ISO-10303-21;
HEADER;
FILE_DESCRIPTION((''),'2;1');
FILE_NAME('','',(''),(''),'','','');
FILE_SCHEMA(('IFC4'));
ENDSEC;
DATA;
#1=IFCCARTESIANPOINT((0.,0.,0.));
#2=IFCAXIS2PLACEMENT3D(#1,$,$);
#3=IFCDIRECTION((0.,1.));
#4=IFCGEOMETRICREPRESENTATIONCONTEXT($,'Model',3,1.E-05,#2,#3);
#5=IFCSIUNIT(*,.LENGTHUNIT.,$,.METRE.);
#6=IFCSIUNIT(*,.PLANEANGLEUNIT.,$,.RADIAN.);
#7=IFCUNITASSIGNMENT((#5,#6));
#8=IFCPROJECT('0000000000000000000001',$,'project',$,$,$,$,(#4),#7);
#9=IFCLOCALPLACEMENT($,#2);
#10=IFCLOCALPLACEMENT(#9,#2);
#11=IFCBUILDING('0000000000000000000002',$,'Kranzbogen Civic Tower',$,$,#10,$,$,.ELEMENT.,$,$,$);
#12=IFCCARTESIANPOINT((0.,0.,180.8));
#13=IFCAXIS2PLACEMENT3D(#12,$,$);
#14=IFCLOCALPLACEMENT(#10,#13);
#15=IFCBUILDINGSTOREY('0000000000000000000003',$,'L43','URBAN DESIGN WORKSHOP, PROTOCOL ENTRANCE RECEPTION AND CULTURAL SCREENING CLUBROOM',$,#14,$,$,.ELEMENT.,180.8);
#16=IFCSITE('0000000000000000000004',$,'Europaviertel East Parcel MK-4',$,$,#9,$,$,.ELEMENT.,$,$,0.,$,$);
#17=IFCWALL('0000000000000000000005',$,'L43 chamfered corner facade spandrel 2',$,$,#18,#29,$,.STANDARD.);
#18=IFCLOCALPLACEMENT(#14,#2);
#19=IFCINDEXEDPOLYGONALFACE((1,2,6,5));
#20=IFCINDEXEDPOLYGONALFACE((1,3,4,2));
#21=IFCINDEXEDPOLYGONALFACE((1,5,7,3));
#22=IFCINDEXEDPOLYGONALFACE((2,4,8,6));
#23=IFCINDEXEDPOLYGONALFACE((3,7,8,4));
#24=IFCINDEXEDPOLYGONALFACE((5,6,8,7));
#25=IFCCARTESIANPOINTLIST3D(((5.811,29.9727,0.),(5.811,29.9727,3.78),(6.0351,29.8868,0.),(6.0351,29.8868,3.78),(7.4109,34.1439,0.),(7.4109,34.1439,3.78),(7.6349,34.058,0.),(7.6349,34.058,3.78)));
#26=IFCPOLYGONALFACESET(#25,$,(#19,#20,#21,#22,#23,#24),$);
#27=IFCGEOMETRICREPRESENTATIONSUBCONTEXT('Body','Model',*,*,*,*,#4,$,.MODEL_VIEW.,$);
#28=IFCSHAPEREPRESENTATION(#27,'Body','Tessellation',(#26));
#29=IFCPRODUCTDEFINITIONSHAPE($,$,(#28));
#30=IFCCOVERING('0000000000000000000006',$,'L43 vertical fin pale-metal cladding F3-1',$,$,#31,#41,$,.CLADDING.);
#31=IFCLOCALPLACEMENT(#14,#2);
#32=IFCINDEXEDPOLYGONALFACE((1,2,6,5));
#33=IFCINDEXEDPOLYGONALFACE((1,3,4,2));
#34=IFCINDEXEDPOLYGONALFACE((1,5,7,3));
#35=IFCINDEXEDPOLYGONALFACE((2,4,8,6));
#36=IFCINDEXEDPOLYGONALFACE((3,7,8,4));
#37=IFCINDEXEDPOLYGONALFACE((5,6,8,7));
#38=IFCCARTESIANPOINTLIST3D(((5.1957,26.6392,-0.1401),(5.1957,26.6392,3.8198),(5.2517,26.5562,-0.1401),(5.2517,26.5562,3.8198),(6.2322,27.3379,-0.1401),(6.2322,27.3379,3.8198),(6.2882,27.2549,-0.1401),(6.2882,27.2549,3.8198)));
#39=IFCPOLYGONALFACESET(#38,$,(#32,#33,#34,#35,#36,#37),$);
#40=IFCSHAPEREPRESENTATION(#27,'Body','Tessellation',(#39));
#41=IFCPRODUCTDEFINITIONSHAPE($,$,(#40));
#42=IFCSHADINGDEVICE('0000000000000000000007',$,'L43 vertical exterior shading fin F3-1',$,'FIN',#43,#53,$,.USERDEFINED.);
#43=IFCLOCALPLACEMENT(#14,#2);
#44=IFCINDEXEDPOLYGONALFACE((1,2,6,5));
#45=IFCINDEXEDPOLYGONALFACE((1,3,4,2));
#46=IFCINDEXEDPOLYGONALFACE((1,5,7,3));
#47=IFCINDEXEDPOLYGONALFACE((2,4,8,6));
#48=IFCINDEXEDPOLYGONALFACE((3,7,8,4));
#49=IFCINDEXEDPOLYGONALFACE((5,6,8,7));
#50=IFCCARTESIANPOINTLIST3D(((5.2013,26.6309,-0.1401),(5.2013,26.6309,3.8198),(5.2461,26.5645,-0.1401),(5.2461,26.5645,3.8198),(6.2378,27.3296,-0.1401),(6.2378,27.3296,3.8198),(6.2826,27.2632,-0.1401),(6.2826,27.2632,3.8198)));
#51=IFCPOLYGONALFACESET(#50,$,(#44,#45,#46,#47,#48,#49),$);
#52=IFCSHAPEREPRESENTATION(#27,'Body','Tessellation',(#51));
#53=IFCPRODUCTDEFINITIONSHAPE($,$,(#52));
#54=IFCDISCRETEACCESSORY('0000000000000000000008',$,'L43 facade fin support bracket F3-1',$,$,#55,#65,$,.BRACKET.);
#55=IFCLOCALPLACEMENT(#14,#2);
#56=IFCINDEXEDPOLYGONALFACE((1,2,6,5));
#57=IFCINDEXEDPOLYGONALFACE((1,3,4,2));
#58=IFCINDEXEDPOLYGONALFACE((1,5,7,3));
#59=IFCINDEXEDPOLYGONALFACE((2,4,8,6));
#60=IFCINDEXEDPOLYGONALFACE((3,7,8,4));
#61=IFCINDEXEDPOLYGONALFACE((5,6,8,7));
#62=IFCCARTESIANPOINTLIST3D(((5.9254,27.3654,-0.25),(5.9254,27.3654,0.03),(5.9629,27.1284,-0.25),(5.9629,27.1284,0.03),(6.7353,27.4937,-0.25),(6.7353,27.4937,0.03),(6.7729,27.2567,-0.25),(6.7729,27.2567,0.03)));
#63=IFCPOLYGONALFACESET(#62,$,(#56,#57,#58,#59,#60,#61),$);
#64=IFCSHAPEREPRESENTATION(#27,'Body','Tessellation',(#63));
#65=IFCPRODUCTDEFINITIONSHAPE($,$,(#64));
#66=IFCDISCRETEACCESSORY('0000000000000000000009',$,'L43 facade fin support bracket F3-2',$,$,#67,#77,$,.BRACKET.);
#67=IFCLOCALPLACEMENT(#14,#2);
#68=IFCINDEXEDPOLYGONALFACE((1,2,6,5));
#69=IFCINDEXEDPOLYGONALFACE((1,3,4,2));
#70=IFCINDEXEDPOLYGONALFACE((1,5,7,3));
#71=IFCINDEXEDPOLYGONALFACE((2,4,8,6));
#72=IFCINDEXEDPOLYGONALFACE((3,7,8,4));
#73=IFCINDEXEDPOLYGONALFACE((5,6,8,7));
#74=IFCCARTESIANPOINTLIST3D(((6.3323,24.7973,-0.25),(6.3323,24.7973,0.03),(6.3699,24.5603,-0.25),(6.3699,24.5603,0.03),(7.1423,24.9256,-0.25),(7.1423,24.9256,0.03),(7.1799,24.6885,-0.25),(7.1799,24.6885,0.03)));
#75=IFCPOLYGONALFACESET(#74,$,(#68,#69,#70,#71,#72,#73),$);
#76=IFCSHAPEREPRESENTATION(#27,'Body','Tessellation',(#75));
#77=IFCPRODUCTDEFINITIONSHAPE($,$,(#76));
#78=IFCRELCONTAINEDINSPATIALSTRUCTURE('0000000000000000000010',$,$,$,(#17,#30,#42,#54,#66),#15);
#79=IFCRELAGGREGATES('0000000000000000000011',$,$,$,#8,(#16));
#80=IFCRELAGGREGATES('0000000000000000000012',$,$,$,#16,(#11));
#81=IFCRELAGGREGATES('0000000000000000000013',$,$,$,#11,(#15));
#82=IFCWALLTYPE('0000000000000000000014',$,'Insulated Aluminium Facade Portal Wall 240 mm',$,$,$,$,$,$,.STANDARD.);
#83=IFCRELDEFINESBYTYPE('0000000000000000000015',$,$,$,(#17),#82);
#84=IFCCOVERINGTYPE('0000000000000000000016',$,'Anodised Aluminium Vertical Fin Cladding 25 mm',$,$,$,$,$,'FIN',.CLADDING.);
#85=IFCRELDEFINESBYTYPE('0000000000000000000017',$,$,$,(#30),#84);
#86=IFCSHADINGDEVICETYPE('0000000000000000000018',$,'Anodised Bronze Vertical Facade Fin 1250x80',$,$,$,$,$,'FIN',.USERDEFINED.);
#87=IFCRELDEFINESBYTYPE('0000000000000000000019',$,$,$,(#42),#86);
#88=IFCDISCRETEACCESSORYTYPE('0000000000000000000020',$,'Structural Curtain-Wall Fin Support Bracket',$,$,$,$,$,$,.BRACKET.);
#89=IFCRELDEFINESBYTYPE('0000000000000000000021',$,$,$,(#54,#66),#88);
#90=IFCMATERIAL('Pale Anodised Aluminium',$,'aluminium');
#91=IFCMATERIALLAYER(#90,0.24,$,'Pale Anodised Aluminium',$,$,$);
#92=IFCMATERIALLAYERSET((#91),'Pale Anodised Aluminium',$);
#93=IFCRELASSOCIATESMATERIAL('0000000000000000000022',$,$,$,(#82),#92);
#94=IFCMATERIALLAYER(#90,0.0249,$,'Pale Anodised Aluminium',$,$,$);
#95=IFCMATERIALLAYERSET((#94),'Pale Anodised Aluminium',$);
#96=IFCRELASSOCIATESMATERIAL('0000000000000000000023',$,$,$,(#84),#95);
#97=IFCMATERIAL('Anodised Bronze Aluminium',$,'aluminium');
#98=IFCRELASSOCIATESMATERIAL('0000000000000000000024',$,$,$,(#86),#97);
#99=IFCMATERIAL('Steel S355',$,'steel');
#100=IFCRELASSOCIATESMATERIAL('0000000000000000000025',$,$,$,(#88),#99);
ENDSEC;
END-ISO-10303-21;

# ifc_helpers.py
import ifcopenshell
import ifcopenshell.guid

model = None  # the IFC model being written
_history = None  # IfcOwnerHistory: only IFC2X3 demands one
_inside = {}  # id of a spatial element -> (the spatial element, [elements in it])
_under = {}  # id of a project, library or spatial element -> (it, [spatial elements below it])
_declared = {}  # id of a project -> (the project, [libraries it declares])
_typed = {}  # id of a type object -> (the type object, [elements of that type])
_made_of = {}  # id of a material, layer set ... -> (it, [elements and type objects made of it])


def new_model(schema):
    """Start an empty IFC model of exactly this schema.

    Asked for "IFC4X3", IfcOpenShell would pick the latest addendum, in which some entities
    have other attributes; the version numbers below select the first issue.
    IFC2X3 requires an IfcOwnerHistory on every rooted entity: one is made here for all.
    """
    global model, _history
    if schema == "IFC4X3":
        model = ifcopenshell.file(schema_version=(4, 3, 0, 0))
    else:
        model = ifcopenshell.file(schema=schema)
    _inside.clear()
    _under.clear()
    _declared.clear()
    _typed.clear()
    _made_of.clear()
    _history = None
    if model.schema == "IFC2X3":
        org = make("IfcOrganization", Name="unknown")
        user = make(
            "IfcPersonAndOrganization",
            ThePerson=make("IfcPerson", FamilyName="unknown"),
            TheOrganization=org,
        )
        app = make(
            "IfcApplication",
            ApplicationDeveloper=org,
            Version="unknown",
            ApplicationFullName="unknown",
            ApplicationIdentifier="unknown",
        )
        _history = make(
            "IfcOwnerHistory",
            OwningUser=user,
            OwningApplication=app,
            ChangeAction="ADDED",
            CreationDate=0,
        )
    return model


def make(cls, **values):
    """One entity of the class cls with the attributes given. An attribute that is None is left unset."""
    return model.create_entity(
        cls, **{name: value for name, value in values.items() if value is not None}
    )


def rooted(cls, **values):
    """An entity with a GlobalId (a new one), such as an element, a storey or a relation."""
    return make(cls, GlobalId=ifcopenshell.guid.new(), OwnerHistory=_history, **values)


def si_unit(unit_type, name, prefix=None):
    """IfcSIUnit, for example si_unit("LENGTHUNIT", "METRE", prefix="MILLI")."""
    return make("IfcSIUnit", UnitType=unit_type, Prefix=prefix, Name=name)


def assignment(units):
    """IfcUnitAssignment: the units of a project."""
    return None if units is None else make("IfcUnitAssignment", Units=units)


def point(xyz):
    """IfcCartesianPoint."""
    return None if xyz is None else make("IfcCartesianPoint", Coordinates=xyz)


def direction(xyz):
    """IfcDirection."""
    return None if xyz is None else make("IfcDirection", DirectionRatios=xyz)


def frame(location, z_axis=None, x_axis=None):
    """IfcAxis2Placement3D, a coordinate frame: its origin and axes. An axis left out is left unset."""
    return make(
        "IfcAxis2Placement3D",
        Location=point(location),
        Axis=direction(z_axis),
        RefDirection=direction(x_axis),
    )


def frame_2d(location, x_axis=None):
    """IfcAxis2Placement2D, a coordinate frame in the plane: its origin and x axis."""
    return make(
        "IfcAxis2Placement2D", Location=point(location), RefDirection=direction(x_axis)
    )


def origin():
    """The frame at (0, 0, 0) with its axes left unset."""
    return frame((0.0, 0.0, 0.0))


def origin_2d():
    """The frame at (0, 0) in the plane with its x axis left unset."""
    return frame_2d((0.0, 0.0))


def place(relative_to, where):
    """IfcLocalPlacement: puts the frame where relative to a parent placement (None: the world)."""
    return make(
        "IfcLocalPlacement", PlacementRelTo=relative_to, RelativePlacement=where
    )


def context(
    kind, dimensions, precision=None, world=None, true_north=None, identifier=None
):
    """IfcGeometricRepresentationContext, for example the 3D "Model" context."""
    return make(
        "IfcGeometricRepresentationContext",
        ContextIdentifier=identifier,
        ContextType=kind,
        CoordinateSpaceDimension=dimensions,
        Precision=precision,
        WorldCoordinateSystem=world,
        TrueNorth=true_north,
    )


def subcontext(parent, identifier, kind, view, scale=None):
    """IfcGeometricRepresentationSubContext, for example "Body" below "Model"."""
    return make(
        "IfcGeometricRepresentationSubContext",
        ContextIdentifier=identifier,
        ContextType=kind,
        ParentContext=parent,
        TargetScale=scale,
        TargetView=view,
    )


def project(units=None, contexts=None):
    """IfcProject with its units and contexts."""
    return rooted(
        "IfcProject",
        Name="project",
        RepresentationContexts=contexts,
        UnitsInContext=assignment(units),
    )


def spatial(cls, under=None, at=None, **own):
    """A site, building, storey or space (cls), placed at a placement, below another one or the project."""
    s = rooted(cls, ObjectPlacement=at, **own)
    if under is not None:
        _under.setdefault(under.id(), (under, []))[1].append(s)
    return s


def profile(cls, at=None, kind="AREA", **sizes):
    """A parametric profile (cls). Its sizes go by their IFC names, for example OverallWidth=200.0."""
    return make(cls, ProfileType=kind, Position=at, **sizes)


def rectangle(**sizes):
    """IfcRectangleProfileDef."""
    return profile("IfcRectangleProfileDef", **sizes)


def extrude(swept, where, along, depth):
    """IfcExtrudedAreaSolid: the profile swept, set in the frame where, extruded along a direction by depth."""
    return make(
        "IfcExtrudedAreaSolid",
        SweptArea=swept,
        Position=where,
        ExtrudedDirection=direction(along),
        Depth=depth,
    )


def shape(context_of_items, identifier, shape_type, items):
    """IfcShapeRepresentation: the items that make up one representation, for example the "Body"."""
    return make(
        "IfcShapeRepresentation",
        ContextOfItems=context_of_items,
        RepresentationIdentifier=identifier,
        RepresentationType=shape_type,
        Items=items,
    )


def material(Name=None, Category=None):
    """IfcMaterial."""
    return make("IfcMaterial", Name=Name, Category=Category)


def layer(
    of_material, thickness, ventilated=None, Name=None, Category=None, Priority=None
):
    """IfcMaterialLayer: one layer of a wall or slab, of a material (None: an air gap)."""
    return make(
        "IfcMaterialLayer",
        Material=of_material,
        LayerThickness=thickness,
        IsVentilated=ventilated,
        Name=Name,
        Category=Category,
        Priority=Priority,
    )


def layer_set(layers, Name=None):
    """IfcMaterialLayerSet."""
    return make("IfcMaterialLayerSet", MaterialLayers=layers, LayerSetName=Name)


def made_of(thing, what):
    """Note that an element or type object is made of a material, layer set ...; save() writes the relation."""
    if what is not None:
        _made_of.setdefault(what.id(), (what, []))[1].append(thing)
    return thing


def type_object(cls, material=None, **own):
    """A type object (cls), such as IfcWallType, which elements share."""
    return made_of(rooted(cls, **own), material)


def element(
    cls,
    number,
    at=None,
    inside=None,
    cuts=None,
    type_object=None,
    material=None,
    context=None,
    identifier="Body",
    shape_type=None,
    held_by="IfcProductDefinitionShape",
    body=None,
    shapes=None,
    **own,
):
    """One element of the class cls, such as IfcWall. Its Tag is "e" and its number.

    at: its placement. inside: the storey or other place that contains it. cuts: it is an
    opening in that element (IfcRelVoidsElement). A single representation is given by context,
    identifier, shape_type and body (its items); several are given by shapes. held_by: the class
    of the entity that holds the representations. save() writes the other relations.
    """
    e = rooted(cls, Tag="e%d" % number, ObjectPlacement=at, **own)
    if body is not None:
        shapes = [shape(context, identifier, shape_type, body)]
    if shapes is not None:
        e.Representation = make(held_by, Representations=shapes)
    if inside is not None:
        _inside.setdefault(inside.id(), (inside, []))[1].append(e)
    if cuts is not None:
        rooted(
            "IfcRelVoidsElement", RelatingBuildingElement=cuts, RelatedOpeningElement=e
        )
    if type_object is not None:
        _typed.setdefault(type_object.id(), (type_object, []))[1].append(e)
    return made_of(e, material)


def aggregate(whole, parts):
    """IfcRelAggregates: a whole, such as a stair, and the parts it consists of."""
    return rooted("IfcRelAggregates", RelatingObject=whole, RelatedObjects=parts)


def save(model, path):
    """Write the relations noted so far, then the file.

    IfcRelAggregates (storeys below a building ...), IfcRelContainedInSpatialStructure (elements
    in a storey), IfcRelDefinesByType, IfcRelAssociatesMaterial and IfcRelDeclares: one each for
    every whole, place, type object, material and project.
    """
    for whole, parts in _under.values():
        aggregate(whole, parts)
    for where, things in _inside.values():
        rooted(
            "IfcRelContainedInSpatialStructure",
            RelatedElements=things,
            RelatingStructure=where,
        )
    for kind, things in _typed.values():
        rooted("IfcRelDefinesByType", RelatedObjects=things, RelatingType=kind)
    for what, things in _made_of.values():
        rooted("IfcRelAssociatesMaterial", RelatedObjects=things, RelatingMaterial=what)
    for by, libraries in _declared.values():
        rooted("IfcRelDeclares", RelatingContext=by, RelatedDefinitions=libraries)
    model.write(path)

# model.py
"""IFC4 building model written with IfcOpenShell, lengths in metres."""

from ifc_helpers import new_model, si_unit, direction, frame, frame_2d, origin, origin_2d, place, context, subcontext, project, spatial, rectangle, extrude, material, layer, layer_set, type_object, element, save


model = new_model("IFC4")

# Units and contexts
model_context = context("Model", 3, precision=1e-05, world=origin(), true_north=direction((0.0, 1.0)))
body_context = subcontext(model_context, "Body", "Model", "MODEL_VIEW")
ifc_project = project(units=[si_unit("LENGTHUNIT", "METRE"), si_unit("PLANEANGLEUNIT", "RADIAN")], contexts=[model_context])

# Site, building, storey
site_placement = place(None, origin())
site = spatial("IfcSite", under=ifc_project, at=site_placement, Name="Europaviertel East Parcel MK-4", CompositionType="ELEMENT", RefElevation=0.0)
building_placement = place(site_placement, origin())
building = spatial("IfcBuilding", under=site, at=building_placement, Name="Kranzbogen Civic Tower", CompositionType="ELEMENT")
storey_placement = place(building_placement, frame((0.0, 0.0, 180.8)))
storey = spatial("IfcBuildingStorey", under=building, at=storey_placement, Name="L43", Description="URBAN DESIGN WORKSHOP, PROTOCOL ENTRANCE RECEPTION AND CULTURAL SCREENING CLUBROOM", CompositionType="ELEMENT", Elevation=180.8)

# Shared definitions
ifc_material_1 = material(Name="Steel S355", Category="steel")

# Shared definitions
ifc_material_2 = material(Name="Pale Anodised Aluminium", Category="aluminium")

# Wall
ifc_layer_1 = layer(ifc_material_2, 0.24, Name="Pale Anodised Aluminium")
ifc_layer_set_1 = layer_set([ifc_layer_1], Name="Pale Anodised Aluminium")
wall_type_1 = type_object("IfcWallType", Name="Insulated Aluminium Facade Portal Wall 240 mm", PredefinedType="STANDARD", material=ifc_layer_set_1)
wall_1_placement = place(storey_placement, frame((7.5229, 34.1011, 0.0), z_axis=(0.0, 0.0, 1.0), x_axis=(-0.358115, -0.933678, 0.0)))
element("IfcWall", 1, at=wall_1_placement, inside=storey, type_object=wall_type_1, Name="L43 chamfered corner facade spandrel 2", PredefinedType="STANDARD", context=body_context, shape_type="SweptSolid", body=[
    extrude(rectangle(XDim=4.4675, YDim=0.24, at=frame_2d((2.2339, 0.0))), origin(), (0.0, 0.0, 1.0), 3.78),
])

# Covering
ifc_layer_2 = layer(ifc_material_2, 0.0249, Name="Pale Anodised Aluminium")
ifc_layer_set_2 = layer_set([ifc_layer_2], Name="Pale Anodised Aluminium")
covering_type = type_object("IfcCoveringType", Name="Anodised Aluminium Vertical Fin Cladding 25 mm", ElementType="FIN", PredefinedType="CLADDING", material=ifc_layer_set_2)
covering_placement = place(storey_placement, frame((5.7419, 26.947, -0.1401), z_axis=(0.0, 0.0, 1.0), x_axis=(-0.829174, -0.55899, 0.0)))
element("IfcCovering", 2, at=covering_placement, inside=storey, type_object=covering_type, Name="L43 vertical fin pale-metal cladding F3-1", PredefinedType="CLADDING", context=body_context, shape_type="SweptSolid", body=[
    extrude(rectangle(XDim=1.25, YDim=0.1001, at=origin_2d()), origin(), (0.0, 0.0, 1.0), 3.96),
])

# Shading device
ifc_material_3 = material(Name="Anodised Bronze Aluminium", Category="aluminium")
shading_device_type = type_object("IfcShadingDeviceType", Name="Anodised Bronze Vertical Facade Fin 1250x80", ElementType="FIN", PredefinedType="USERDEFINED", material=ifc_material_3)
shading_device_placement = place(storey_placement, frame((5.7419, 26.947, -0.1401), z_axis=(0.0, 0.0, 1.0), x_axis=(-0.829174, -0.55899, 0.0)))
element("IfcShadingDevice", 3, at=shading_device_placement, inside=storey, type_object=shading_device_type, Name="L43 vertical exterior shading fin F3-1", ObjectType="FIN", PredefinedType="USERDEFINED", context=body_context, shape_type="SweptSolid", body=[
    extrude(rectangle(XDim=1.25, YDim=0.0801, at=origin_2d()), origin(), (0.0, 0.0, 1.0), 3.96),
])

# Discrete accessories
discrete_accessory_type = type_object("IfcDiscreteAccessoryType", Name="Structural Curtain-Wall Fin Support Bracket", PredefinedType="BRACKET", material=ifc_material_1)
for number, where, z_axis, x_axis, name in (
    (4, (6.3491, 27.311, -0.25), (0.0, 0.0, 1.0), (-0.987688, -0.156434, 0.0), "L43 facade fin support bracket F3-1"),
    (5, (6.7561, 24.7429, -0.25), (0.0, 0.0, 1.0), (-0.987688, -0.156434, 0.0), "L43 facade fin support bracket F3-2"),
):
    element("IfcDiscreteAccessory", number, at=place(storey_placement, frame(where, z_axis=z_axis, x_axis=x_axis)), inside=storey, type_object=discrete_accessory_type, Name=name, PredefinedType="BRACKET", context=body_context, shape_type="SweptSolid", body=[
        extrude(rectangle(XDim=0.8201, YDim=0.24, at=origin_2d()), origin(), (0.0, 0.0, 1.0), 0.28),
    ])

save(model, "model.ifc")
